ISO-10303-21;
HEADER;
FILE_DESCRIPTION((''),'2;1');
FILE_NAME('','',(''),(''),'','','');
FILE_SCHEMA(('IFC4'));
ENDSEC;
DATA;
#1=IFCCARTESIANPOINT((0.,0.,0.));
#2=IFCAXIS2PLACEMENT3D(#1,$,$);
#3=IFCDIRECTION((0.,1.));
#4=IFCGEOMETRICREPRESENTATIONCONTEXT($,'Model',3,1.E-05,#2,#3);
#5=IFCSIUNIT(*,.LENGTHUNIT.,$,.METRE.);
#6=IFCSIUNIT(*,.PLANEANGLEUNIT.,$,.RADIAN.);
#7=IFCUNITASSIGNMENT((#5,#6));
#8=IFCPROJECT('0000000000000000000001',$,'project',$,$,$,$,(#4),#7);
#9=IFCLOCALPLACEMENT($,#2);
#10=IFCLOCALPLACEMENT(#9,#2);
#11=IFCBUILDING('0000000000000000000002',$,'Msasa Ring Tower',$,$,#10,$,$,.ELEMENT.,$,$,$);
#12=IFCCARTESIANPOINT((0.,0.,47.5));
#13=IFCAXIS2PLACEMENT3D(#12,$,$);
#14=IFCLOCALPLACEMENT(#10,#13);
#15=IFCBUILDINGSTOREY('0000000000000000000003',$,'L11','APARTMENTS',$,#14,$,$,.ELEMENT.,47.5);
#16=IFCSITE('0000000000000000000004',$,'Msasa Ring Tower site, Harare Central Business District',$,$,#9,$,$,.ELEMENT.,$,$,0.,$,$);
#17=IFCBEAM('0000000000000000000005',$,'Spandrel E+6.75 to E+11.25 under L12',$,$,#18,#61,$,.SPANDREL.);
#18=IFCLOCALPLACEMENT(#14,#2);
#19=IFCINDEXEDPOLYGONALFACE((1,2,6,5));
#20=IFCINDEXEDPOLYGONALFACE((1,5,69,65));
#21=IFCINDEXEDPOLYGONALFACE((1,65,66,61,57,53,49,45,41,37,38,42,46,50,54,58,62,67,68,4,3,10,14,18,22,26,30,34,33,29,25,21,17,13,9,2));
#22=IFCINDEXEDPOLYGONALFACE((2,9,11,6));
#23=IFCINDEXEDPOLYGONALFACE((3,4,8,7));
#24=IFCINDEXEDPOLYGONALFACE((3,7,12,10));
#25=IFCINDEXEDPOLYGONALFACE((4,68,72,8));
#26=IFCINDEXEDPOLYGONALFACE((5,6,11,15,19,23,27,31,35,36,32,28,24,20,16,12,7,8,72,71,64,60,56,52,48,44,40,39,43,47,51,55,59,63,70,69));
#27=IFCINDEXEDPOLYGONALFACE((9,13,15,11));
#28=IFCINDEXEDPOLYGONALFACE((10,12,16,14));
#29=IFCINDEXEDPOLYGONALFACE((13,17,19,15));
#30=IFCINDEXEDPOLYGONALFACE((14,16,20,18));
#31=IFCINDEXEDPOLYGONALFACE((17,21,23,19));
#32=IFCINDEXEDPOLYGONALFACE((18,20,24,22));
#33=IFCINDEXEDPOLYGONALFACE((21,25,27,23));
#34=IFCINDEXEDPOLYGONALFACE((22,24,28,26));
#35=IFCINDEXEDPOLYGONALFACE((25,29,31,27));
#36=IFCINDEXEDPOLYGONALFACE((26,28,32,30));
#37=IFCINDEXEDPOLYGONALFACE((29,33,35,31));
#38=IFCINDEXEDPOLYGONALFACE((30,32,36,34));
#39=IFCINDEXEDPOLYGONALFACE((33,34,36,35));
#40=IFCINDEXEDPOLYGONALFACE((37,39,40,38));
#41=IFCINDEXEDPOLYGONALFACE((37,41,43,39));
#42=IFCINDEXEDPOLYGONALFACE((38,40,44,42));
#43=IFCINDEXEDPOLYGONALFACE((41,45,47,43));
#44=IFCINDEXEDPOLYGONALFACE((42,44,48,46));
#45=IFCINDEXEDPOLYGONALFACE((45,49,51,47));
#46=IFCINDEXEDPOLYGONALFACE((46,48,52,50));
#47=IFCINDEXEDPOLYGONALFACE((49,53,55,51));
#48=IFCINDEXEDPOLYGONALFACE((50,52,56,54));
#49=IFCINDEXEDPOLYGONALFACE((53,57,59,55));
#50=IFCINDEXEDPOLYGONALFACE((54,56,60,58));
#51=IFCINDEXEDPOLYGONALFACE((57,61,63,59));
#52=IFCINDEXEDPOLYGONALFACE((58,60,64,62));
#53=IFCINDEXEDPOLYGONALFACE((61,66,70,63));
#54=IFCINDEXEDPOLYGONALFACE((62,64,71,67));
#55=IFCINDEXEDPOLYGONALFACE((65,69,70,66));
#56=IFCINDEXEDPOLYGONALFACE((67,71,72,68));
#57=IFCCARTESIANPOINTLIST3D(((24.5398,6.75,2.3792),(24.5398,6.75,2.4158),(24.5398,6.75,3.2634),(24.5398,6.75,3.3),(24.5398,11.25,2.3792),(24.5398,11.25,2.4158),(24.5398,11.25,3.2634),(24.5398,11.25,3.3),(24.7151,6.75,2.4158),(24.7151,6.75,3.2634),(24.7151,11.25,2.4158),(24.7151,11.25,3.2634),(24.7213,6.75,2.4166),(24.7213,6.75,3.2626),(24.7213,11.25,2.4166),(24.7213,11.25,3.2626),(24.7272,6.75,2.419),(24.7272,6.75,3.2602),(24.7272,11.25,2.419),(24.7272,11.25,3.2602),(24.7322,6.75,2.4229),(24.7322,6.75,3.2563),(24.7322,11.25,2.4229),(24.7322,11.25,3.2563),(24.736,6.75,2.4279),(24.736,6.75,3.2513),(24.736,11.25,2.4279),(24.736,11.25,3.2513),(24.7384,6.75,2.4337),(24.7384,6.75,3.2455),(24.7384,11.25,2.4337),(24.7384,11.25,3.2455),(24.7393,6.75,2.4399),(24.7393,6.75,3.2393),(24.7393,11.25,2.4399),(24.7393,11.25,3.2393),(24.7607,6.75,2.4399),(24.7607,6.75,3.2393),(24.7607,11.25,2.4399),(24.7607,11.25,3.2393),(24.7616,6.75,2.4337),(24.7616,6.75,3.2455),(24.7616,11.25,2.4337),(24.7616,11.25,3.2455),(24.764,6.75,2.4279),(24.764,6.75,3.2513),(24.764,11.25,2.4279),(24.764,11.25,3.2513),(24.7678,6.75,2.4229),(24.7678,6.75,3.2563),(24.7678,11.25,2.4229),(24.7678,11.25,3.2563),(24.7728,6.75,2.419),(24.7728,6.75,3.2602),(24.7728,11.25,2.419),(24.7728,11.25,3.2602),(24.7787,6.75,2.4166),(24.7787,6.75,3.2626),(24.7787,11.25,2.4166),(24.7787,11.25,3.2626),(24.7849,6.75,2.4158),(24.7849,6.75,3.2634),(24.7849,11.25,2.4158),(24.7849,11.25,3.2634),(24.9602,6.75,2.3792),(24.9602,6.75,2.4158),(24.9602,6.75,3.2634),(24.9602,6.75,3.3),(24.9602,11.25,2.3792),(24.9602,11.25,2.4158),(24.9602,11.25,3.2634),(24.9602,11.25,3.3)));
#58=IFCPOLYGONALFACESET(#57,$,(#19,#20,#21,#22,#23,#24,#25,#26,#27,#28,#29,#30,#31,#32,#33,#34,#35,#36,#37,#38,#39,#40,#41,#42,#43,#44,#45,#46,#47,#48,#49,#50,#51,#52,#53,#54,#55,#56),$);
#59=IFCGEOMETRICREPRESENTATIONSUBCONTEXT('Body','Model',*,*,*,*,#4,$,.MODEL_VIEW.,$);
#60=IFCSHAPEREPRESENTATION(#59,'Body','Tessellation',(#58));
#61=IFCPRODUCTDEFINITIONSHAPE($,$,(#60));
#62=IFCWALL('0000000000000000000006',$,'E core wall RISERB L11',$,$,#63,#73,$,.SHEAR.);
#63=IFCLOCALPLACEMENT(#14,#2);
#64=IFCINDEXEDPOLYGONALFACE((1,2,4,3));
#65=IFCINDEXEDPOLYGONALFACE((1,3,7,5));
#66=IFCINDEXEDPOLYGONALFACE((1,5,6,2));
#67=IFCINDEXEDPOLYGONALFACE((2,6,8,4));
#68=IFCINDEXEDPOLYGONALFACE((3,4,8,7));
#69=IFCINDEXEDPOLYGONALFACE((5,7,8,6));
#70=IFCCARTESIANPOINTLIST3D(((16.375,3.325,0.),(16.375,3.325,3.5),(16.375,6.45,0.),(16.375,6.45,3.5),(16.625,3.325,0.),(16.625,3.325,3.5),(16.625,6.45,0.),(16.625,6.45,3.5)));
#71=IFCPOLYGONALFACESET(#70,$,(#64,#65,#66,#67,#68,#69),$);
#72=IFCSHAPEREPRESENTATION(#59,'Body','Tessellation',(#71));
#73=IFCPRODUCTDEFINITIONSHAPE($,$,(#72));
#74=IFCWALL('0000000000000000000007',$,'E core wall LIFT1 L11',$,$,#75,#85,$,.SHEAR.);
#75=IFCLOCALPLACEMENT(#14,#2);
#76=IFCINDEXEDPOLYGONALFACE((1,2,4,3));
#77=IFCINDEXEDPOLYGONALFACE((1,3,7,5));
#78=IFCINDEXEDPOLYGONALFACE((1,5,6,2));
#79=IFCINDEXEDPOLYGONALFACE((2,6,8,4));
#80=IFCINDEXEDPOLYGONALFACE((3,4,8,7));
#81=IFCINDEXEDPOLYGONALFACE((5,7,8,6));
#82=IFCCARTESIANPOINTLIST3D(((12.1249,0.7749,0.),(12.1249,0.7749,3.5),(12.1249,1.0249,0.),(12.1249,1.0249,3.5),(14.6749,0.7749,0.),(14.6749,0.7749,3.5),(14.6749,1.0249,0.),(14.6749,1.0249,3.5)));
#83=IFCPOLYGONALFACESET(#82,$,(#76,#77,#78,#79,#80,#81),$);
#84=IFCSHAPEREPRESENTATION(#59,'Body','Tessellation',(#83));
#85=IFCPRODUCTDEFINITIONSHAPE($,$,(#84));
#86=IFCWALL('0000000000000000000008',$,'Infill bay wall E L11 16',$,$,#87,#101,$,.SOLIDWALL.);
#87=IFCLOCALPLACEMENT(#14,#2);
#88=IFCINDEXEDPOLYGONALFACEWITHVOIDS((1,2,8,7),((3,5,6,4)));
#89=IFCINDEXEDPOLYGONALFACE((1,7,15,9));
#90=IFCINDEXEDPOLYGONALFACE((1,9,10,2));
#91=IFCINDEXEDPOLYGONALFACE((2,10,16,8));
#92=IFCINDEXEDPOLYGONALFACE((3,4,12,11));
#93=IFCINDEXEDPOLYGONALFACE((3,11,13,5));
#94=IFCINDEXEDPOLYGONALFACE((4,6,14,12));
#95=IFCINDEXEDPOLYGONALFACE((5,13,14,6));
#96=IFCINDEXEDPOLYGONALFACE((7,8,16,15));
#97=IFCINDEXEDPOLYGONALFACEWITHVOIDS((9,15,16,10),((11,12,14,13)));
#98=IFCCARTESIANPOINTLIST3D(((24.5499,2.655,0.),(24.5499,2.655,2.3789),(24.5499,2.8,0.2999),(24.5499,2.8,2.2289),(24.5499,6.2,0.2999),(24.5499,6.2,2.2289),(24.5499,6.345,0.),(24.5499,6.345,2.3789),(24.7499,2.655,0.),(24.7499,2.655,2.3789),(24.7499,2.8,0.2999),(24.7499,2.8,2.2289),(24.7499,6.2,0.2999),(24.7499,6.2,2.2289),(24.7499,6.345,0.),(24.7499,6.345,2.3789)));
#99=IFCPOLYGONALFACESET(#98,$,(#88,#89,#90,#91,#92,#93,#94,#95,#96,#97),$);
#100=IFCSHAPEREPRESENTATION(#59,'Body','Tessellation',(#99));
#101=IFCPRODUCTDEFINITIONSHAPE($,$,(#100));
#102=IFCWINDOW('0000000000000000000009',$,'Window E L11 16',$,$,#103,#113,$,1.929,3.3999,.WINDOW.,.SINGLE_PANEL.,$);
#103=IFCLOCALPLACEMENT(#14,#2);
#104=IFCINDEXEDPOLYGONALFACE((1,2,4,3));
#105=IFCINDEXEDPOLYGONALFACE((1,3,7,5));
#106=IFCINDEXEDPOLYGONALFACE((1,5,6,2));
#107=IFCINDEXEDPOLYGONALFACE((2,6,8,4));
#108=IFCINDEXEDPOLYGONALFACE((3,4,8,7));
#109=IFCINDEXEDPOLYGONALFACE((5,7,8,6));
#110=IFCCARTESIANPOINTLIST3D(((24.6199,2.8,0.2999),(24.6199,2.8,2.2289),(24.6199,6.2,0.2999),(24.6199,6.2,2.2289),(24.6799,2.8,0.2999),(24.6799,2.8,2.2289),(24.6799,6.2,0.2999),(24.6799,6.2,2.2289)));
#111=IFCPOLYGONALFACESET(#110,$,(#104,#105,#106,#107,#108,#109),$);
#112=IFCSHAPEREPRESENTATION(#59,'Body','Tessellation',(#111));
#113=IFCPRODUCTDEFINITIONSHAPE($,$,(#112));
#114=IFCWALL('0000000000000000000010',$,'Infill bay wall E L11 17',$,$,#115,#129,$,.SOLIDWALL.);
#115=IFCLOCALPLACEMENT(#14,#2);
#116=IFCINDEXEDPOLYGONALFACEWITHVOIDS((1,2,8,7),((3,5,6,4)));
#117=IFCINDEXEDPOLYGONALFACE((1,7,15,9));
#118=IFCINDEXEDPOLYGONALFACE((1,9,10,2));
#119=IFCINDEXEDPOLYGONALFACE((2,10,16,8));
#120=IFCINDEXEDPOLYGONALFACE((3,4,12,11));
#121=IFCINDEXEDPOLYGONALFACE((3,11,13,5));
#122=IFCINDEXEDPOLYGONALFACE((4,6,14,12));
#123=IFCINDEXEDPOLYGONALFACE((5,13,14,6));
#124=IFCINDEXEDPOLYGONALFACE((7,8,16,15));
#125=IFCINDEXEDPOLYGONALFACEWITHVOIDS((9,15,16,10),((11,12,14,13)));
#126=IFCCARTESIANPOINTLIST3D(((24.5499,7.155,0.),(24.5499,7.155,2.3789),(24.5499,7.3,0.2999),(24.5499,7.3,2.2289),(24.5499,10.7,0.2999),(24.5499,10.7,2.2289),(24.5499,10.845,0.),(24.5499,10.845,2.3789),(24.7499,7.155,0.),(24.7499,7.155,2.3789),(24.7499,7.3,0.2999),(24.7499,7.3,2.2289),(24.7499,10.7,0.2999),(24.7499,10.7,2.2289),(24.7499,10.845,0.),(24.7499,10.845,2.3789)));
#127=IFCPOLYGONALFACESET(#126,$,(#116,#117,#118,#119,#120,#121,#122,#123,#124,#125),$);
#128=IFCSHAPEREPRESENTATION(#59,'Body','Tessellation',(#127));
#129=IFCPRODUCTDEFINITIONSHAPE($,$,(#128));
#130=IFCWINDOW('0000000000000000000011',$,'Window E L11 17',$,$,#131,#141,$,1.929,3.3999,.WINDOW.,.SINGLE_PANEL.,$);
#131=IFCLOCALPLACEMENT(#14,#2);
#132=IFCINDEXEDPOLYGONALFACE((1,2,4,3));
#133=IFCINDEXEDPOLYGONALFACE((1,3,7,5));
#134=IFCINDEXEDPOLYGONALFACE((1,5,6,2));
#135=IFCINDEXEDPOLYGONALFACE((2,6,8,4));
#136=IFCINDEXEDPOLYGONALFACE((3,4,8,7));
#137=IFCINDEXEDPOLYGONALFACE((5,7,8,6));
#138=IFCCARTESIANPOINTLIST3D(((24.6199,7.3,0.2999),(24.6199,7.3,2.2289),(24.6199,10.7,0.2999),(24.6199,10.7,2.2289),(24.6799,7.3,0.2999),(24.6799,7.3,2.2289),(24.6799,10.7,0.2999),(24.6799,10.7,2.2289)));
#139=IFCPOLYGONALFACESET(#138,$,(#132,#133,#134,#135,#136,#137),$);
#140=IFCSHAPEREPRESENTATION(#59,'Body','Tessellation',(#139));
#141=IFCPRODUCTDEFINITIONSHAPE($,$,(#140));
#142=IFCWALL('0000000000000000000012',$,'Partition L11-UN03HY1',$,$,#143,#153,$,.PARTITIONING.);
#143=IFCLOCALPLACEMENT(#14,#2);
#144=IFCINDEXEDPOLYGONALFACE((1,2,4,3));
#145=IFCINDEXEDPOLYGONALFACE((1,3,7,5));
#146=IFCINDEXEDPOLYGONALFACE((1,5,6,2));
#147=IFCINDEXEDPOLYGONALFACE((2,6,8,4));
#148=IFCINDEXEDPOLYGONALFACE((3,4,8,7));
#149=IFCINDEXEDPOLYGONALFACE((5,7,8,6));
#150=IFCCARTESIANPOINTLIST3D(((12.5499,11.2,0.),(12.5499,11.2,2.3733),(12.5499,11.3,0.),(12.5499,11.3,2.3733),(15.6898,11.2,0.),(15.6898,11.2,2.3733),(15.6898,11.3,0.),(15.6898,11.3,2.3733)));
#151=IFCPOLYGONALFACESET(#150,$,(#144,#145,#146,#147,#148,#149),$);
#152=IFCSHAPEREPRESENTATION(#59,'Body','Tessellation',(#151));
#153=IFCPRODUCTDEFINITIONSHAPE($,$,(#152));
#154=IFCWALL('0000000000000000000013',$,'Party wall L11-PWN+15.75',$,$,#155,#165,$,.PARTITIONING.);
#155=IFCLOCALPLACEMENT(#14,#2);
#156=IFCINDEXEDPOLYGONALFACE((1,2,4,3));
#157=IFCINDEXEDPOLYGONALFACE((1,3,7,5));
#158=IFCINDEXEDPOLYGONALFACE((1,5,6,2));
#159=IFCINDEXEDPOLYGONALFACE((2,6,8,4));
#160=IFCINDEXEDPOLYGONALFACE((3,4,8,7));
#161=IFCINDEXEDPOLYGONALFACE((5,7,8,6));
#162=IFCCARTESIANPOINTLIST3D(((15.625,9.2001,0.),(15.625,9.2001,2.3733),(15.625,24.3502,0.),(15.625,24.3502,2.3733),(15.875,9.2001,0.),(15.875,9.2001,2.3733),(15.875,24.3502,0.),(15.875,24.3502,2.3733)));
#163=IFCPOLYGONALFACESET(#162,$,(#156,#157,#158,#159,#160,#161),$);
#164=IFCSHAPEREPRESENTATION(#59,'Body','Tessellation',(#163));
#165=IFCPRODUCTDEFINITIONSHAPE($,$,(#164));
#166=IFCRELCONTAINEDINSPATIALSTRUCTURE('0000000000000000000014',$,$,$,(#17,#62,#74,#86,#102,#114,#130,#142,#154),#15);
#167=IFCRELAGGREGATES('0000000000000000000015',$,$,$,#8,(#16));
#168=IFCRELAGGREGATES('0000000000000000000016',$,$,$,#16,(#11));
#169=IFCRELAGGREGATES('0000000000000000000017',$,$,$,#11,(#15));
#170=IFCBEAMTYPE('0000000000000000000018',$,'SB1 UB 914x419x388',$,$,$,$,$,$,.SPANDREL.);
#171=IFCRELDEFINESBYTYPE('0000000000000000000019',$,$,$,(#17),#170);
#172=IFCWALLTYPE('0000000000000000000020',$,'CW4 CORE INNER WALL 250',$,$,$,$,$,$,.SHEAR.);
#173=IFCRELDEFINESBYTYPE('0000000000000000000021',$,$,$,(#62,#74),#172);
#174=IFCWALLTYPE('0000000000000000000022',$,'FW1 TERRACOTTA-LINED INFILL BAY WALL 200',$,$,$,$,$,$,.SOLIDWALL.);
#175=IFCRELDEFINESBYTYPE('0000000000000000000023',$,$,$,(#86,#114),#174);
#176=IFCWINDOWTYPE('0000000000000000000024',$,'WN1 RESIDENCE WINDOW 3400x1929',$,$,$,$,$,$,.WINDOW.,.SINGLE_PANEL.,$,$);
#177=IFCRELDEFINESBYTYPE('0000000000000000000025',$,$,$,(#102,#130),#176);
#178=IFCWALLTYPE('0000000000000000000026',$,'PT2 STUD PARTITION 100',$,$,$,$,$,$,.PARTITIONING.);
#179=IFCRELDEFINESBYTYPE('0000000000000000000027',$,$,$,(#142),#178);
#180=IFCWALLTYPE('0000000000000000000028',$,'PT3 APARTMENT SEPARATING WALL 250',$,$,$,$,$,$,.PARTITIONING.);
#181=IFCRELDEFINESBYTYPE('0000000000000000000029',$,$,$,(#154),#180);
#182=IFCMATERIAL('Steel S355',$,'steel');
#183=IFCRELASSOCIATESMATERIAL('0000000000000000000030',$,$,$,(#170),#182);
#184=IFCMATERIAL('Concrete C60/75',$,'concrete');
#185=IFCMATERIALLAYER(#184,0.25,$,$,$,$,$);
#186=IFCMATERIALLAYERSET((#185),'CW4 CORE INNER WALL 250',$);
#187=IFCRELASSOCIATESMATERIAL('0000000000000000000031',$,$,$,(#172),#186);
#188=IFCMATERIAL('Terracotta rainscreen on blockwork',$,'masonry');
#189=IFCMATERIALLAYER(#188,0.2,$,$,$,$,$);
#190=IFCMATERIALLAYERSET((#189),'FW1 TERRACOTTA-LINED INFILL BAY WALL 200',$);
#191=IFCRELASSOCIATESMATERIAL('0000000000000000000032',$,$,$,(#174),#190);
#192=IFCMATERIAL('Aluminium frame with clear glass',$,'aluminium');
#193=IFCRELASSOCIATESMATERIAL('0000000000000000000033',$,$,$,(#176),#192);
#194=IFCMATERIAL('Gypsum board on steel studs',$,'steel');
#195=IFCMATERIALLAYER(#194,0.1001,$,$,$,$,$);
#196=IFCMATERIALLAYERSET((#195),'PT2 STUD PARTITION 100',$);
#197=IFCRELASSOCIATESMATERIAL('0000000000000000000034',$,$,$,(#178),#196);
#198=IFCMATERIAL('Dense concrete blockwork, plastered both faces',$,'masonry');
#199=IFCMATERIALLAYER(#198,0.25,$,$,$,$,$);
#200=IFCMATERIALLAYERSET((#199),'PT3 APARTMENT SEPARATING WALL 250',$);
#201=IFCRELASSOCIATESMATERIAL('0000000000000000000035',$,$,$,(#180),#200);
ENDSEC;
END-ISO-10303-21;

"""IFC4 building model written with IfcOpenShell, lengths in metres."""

from ifc_helpers import new_model, si_unit, direction, frame, frame_2d, origin, origin_2d, place, context, subcontext, project, spatial, rectangle, i_section, extrude, material, layer, layer_set, material_profile, profile_set, type_object, element, fill, save


model = new_model("IFC4")

# Units and contexts
model_context = context("Model", 3, precision=1e-05, world=origin(), true_north=direction((0.0, 1.0)))
body_context = subcontext(model_context, "Body", "Model", "MODEL_VIEW")
ifc_project = project(units=[si_unit("LENGTHUNIT", "METRE"), si_unit("PLANEANGLEUNIT", "RADIAN")], contexts=[model_context])

# Site, building, storey
site_placement = place(None, origin())
site = spatial("IfcSite", under=ifc_project, at=site_placement, Name="Msasa Ring Tower site, Harare Central Business District", CompositionType="ELEMENT", RefElevation=0.0)
building_placement = place(site_placement, origin())
building = spatial("IfcBuilding", under=site, at=building_placement, Name="Msasa Ring Tower", CompositionType="ELEMENT")
storey_placement = place(building_placement, frame((0.0, 0.0, 47.5)))
storey = spatial("IfcBuildingStorey", under=building, at=storey_placement, Name="L11", Description="APARTMENTS", CompositionType="ELEMENT", Elevation=47.5)

# Beam
ifc_material_1 = material(Name="Steel S355", Category="steel")
ifc_material_profile_1 = material_profile(ifc_material_1, i_section(OverallWidth=0.4204, OverallDepth=0.9209, WebThickness=0.0215, FlangeThickness=0.0366, FilletRadius=0.0242, at=origin_2d()), Name="UB 914x419x388")
ifc_profile_set_1 = profile_set([ifc_material_profile_1], Name="Steel S355")
beam_type_1 = type_object("IfcBeamType", Name="SB1 UB 914x419x388", PredefinedType="SPANDREL", material=ifc_profile_set_1)
for number, where, z_axis, x_axis, name in (
    (1, (24.75, 6.75, 2.8396), (0.0, 1.0, 0.0), (-1.0, 0.0, 0.0), "Spandrel E+6.75 to E+11.25 under L12"),
):
    element("IfcBeam", number, at=place(storey_placement, frame(where, z_axis=z_axis, x_axis=x_axis)), inside=storey, type_object=beam_type_1, Name=name, PredefinedType="SPANDREL", context=body_context, shape_type="SweptSolid", body=[
        extrude(i_section(OverallWidth=0.4204, OverallDepth=0.9209, WebThickness=0.0215, FlangeThickness=0.0366, FilletRadius=0.0242, at=origin_2d()), origin(), (0.0, 0.0, 1.0), 4.5),
    ])

# Walls
ifc_material_2 = material(Name="Concrete C60/75", Category="concrete")
ifc_layer_1 = layer(ifc_material_2, 0.25)
ifc_layer_set_1 = layer_set([ifc_layer_1], Name="CW4 CORE INNER WALL 250")
wall_type_1 = type_object("IfcWallType", Name="CW4 CORE INNER WALL 250", PredefinedType="SHEAR", material=ifc_layer_set_1)
wall_1_placement = place(storey_placement, frame((16.5, 3.325, 0.0), z_axis=(0.0, 0.0, 1.0), x_axis=(0.0, 1.0, 0.0)))
element("IfcWall", 2, at=wall_1_placement, inside=storey, type_object=wall_type_1, Name="E core wall RISERB L11", PredefinedType="SHEAR", context=body_context, shape_type="SweptSolid", body=[
    extrude(rectangle(XDim=3.125, YDim=0.25, at=frame_2d((1.5625, 0.0))), origin(), (0.0, 0.0, 1.0), 3.5),
])
wall_2_placement = place(storey_placement, frame((12.125, 0.8999, 0.0), z_axis=(0.0, 0.0, 1.0), x_axis=(1.0, 0.0, 0.0)))
element("IfcWall", 3, at=wall_2_placement, inside=storey, type_object=wall_type_1, Name="E core wall LIFT1 L11", PredefinedType="SHEAR", context=body_context, shape_type="SweptSolid", body=[
    extrude(rectangle(XDim=2.55, YDim=0.25, at=frame_2d((1.2749, 0.0))), origin(), (0.0, 0.0, 1.0), 3.5),
])

# Walls, openings, windows
ifc_material_3 = material(Name="Terracotta rainscreen on blockwork", Category="masonry")
ifc_layer_2 = layer(ifc_material_3, 0.2)
ifc_layer_set_2 = layer_set([ifc_layer_2], Name="FW1 TERRACOTTA-LINED INFILL BAY WALL 200")
wall_type_2 = type_object("IfcWallType", Name="FW1 TERRACOTTA-LINED INFILL BAY WALL 200", PredefinedType="SOLIDWALL", material=ifc_layer_set_2)
wall_3_placement = place(storey_placement, frame((24.6499, 2.655, 0.0), z_axis=(0.0, 0.0, 1.0), x_axis=(0.0, 1.0, 0.0)))
wall_3 = element("IfcWall", 4, at=wall_3_placement, inside=storey, type_object=wall_type_2, Name="Infill bay wall E L11 16", PredefinedType="SOLIDWALL", context=body_context, shape_type="SweptSolid", body=[
    extrude(rectangle(XDim=3.6899, YDim=0.2, at=frame_2d((1.845, 0.0))), origin(), (0.0, 0.0, 1.0), 2.3789),
])
opening_1_placement = place(wall_3_placement, frame((0.145, 0.0, 0.3)))
opening_1 = element("IfcOpeningElement", 5, at=opening_1_placement, cuts=wall_3, PredefinedType="OPENING", context=body_context, shape_type="SweptSolid", body=[
    extrude(rectangle(XDim=3.3999, YDim=1.929, at=frame_2d((1.7, 0.9644))), frame((0.0, 0.1099, 0.0), z_axis=(0.0, -1.0, 0.0), x_axis=(1.0, 0.0, 0.0)), (0.0, 0.0, 1.0), 0.22),
])
ifc_material_4 = material(Name="Aluminium frame with clear glass", Category="aluminium")
window_type = type_object("IfcWindowType", Name="WN1 RESIDENCE WINDOW 3400x1929", PartitioningType="SINGLE_PANEL", PredefinedType="WINDOW", material=ifc_material_4)
window_1_placement = place(opening_1_placement, origin())
window_1 = element("IfcWindow", 6, at=window_1_placement, inside=storey, type_object=window_type, Name="Window E L11 16", OverallHeight=1.929, OverallWidth=3.3999, PartitioningType="SINGLE_PANEL", PredefinedType="WINDOW", context=body_context, shape_type="SweptSolid", body=[
    extrude(rectangle(XDim=3.3999, YDim=1.929, at=frame_2d((1.7, 0.9644))), frame((0.0, 0.03, 0.0), z_axis=(0.0, -1.0, 0.0), x_axis=(1.0, 0.0, 0.0)), (0.0, 0.0, 1.0), 0.0601),
])
fill(opening_1, window_1)
wall_4_placement = place(storey_placement, frame((24.6499, 7.155, 0.0), z_axis=(0.0, 0.0, 1.0), x_axis=(0.0, 1.0, 0.0)))
wall_4 = element("IfcWall", 7, at=wall_4_placement, inside=storey, type_object=wall_type_2, Name="Infill bay wall E L11 17", PredefinedType="SOLIDWALL", context=body_context, shape_type="SweptSolid", body=[
    extrude(rectangle(XDim=3.6899, YDim=0.2, at=frame_2d((1.845, 0.0))), origin(), (0.0, 0.0, 1.0), 2.3789),
])
opening_2_placement = place(wall_4_placement, frame((0.145, 0.0, 0.3)))
opening_2 = element("IfcOpeningElement", 8, at=opening_2_placement, cuts=wall_4, PredefinedType="OPENING", context=body_context, shape_type="SweptSolid", body=[
    extrude(rectangle(XDim=3.3999, YDim=1.929, at=frame_2d((1.7, 0.9644))), frame((0.0, 0.1099, 0.0), z_axis=(0.0, -1.0, 0.0), x_axis=(1.0, 0.0, 0.0)), (0.0, 0.0, 1.0), 0.22),
])
window_2_placement = place(opening_2_placement, origin())
window_2 = element("IfcWindow", 9, at=window_2_placement, inside=storey, type_object=window_type, Name="Window E L11 17", OverallHeight=1.929, OverallWidth=3.3999, PartitioningType="SINGLE_PANEL", PredefinedType="WINDOW", context=body_context, shape_type="SweptSolid", body=[
    extrude(rectangle(XDim=3.3999, YDim=1.929, at=frame_2d((1.7, 0.9644))), frame((0.0, 0.03, 0.0), z_axis=(0.0, -1.0, 0.0), x_axis=(1.0, 0.0, 0.0)), (0.0, 0.0, 1.0), 0.0601),
])
fill(opening_2, window_2)

# Walls
ifc_material_5 = material(Name="Gypsum board on steel studs", Category="steel")
ifc_layer_3 = layer(ifc_material_5, 0.1001)
ifc_layer_set_3 = layer_set([ifc_layer_3], Name="PT2 STUD PARTITION 100")
wall_type_3 = type_object("IfcWallType", Name="PT2 STUD PARTITION 100", PredefinedType="PARTITIONING", material=ifc_layer_set_3)
wall_5_placement = place(storey_placement, frame((12.55, 11.25, 0.0), z_axis=(0.0, 0.0, 1.0), x_axis=(1.0, 0.0, 0.0)))
element("IfcWall", 10, at=wall_5_placement, inside=storey, type_object=wall_type_3, Name="Partition L11-UN03HY1", PredefinedType="PARTITIONING", context=body_context, shape_type="SweptSolid", body=[
    extrude(rectangle(XDim=3.1399, YDim=0.1001, at=frame_2d((1.5698, 0.0))), origin(), (0.0, 0.0, 1.0), 2.3733),
])
ifc_material_6 = material(Name="Dense concrete blockwork, plastered both faces", Category="masonry")
ifc_layer_4 = layer(ifc_material_6, 0.25)
ifc_layer_set_4 = layer_set([ifc_layer_4], Name="PT3 APARTMENT SEPARATING WALL 250")
wall_type_4 = type_object("IfcWallType", Name="PT3 APARTMENT SEPARATING WALL 250", PredefinedType="PARTITIONING", material=ifc_layer_set_4)
wall_6_placement = place(storey_placement, frame((15.75, 9.2, 0.0), z_axis=(0.0, 0.0, 1.0), x_axis=(0.0, 1.0, 0.0)))
element("IfcWall", 11, at=wall_6_placement, inside=storey, type_object=wall_type_4, Name="Party wall L11-PWN+15.75", PredefinedType="PARTITIONING", context=body_context, shape_type="SweptSolid", body=[
    extrude(rectangle(XDim=15.1501, YDim=0.25, at=frame_2d((7.5752, 0.0))), origin(), (0.0, 0.0, 1.0), 2.3733),
])

save(model, "model.ifc")
